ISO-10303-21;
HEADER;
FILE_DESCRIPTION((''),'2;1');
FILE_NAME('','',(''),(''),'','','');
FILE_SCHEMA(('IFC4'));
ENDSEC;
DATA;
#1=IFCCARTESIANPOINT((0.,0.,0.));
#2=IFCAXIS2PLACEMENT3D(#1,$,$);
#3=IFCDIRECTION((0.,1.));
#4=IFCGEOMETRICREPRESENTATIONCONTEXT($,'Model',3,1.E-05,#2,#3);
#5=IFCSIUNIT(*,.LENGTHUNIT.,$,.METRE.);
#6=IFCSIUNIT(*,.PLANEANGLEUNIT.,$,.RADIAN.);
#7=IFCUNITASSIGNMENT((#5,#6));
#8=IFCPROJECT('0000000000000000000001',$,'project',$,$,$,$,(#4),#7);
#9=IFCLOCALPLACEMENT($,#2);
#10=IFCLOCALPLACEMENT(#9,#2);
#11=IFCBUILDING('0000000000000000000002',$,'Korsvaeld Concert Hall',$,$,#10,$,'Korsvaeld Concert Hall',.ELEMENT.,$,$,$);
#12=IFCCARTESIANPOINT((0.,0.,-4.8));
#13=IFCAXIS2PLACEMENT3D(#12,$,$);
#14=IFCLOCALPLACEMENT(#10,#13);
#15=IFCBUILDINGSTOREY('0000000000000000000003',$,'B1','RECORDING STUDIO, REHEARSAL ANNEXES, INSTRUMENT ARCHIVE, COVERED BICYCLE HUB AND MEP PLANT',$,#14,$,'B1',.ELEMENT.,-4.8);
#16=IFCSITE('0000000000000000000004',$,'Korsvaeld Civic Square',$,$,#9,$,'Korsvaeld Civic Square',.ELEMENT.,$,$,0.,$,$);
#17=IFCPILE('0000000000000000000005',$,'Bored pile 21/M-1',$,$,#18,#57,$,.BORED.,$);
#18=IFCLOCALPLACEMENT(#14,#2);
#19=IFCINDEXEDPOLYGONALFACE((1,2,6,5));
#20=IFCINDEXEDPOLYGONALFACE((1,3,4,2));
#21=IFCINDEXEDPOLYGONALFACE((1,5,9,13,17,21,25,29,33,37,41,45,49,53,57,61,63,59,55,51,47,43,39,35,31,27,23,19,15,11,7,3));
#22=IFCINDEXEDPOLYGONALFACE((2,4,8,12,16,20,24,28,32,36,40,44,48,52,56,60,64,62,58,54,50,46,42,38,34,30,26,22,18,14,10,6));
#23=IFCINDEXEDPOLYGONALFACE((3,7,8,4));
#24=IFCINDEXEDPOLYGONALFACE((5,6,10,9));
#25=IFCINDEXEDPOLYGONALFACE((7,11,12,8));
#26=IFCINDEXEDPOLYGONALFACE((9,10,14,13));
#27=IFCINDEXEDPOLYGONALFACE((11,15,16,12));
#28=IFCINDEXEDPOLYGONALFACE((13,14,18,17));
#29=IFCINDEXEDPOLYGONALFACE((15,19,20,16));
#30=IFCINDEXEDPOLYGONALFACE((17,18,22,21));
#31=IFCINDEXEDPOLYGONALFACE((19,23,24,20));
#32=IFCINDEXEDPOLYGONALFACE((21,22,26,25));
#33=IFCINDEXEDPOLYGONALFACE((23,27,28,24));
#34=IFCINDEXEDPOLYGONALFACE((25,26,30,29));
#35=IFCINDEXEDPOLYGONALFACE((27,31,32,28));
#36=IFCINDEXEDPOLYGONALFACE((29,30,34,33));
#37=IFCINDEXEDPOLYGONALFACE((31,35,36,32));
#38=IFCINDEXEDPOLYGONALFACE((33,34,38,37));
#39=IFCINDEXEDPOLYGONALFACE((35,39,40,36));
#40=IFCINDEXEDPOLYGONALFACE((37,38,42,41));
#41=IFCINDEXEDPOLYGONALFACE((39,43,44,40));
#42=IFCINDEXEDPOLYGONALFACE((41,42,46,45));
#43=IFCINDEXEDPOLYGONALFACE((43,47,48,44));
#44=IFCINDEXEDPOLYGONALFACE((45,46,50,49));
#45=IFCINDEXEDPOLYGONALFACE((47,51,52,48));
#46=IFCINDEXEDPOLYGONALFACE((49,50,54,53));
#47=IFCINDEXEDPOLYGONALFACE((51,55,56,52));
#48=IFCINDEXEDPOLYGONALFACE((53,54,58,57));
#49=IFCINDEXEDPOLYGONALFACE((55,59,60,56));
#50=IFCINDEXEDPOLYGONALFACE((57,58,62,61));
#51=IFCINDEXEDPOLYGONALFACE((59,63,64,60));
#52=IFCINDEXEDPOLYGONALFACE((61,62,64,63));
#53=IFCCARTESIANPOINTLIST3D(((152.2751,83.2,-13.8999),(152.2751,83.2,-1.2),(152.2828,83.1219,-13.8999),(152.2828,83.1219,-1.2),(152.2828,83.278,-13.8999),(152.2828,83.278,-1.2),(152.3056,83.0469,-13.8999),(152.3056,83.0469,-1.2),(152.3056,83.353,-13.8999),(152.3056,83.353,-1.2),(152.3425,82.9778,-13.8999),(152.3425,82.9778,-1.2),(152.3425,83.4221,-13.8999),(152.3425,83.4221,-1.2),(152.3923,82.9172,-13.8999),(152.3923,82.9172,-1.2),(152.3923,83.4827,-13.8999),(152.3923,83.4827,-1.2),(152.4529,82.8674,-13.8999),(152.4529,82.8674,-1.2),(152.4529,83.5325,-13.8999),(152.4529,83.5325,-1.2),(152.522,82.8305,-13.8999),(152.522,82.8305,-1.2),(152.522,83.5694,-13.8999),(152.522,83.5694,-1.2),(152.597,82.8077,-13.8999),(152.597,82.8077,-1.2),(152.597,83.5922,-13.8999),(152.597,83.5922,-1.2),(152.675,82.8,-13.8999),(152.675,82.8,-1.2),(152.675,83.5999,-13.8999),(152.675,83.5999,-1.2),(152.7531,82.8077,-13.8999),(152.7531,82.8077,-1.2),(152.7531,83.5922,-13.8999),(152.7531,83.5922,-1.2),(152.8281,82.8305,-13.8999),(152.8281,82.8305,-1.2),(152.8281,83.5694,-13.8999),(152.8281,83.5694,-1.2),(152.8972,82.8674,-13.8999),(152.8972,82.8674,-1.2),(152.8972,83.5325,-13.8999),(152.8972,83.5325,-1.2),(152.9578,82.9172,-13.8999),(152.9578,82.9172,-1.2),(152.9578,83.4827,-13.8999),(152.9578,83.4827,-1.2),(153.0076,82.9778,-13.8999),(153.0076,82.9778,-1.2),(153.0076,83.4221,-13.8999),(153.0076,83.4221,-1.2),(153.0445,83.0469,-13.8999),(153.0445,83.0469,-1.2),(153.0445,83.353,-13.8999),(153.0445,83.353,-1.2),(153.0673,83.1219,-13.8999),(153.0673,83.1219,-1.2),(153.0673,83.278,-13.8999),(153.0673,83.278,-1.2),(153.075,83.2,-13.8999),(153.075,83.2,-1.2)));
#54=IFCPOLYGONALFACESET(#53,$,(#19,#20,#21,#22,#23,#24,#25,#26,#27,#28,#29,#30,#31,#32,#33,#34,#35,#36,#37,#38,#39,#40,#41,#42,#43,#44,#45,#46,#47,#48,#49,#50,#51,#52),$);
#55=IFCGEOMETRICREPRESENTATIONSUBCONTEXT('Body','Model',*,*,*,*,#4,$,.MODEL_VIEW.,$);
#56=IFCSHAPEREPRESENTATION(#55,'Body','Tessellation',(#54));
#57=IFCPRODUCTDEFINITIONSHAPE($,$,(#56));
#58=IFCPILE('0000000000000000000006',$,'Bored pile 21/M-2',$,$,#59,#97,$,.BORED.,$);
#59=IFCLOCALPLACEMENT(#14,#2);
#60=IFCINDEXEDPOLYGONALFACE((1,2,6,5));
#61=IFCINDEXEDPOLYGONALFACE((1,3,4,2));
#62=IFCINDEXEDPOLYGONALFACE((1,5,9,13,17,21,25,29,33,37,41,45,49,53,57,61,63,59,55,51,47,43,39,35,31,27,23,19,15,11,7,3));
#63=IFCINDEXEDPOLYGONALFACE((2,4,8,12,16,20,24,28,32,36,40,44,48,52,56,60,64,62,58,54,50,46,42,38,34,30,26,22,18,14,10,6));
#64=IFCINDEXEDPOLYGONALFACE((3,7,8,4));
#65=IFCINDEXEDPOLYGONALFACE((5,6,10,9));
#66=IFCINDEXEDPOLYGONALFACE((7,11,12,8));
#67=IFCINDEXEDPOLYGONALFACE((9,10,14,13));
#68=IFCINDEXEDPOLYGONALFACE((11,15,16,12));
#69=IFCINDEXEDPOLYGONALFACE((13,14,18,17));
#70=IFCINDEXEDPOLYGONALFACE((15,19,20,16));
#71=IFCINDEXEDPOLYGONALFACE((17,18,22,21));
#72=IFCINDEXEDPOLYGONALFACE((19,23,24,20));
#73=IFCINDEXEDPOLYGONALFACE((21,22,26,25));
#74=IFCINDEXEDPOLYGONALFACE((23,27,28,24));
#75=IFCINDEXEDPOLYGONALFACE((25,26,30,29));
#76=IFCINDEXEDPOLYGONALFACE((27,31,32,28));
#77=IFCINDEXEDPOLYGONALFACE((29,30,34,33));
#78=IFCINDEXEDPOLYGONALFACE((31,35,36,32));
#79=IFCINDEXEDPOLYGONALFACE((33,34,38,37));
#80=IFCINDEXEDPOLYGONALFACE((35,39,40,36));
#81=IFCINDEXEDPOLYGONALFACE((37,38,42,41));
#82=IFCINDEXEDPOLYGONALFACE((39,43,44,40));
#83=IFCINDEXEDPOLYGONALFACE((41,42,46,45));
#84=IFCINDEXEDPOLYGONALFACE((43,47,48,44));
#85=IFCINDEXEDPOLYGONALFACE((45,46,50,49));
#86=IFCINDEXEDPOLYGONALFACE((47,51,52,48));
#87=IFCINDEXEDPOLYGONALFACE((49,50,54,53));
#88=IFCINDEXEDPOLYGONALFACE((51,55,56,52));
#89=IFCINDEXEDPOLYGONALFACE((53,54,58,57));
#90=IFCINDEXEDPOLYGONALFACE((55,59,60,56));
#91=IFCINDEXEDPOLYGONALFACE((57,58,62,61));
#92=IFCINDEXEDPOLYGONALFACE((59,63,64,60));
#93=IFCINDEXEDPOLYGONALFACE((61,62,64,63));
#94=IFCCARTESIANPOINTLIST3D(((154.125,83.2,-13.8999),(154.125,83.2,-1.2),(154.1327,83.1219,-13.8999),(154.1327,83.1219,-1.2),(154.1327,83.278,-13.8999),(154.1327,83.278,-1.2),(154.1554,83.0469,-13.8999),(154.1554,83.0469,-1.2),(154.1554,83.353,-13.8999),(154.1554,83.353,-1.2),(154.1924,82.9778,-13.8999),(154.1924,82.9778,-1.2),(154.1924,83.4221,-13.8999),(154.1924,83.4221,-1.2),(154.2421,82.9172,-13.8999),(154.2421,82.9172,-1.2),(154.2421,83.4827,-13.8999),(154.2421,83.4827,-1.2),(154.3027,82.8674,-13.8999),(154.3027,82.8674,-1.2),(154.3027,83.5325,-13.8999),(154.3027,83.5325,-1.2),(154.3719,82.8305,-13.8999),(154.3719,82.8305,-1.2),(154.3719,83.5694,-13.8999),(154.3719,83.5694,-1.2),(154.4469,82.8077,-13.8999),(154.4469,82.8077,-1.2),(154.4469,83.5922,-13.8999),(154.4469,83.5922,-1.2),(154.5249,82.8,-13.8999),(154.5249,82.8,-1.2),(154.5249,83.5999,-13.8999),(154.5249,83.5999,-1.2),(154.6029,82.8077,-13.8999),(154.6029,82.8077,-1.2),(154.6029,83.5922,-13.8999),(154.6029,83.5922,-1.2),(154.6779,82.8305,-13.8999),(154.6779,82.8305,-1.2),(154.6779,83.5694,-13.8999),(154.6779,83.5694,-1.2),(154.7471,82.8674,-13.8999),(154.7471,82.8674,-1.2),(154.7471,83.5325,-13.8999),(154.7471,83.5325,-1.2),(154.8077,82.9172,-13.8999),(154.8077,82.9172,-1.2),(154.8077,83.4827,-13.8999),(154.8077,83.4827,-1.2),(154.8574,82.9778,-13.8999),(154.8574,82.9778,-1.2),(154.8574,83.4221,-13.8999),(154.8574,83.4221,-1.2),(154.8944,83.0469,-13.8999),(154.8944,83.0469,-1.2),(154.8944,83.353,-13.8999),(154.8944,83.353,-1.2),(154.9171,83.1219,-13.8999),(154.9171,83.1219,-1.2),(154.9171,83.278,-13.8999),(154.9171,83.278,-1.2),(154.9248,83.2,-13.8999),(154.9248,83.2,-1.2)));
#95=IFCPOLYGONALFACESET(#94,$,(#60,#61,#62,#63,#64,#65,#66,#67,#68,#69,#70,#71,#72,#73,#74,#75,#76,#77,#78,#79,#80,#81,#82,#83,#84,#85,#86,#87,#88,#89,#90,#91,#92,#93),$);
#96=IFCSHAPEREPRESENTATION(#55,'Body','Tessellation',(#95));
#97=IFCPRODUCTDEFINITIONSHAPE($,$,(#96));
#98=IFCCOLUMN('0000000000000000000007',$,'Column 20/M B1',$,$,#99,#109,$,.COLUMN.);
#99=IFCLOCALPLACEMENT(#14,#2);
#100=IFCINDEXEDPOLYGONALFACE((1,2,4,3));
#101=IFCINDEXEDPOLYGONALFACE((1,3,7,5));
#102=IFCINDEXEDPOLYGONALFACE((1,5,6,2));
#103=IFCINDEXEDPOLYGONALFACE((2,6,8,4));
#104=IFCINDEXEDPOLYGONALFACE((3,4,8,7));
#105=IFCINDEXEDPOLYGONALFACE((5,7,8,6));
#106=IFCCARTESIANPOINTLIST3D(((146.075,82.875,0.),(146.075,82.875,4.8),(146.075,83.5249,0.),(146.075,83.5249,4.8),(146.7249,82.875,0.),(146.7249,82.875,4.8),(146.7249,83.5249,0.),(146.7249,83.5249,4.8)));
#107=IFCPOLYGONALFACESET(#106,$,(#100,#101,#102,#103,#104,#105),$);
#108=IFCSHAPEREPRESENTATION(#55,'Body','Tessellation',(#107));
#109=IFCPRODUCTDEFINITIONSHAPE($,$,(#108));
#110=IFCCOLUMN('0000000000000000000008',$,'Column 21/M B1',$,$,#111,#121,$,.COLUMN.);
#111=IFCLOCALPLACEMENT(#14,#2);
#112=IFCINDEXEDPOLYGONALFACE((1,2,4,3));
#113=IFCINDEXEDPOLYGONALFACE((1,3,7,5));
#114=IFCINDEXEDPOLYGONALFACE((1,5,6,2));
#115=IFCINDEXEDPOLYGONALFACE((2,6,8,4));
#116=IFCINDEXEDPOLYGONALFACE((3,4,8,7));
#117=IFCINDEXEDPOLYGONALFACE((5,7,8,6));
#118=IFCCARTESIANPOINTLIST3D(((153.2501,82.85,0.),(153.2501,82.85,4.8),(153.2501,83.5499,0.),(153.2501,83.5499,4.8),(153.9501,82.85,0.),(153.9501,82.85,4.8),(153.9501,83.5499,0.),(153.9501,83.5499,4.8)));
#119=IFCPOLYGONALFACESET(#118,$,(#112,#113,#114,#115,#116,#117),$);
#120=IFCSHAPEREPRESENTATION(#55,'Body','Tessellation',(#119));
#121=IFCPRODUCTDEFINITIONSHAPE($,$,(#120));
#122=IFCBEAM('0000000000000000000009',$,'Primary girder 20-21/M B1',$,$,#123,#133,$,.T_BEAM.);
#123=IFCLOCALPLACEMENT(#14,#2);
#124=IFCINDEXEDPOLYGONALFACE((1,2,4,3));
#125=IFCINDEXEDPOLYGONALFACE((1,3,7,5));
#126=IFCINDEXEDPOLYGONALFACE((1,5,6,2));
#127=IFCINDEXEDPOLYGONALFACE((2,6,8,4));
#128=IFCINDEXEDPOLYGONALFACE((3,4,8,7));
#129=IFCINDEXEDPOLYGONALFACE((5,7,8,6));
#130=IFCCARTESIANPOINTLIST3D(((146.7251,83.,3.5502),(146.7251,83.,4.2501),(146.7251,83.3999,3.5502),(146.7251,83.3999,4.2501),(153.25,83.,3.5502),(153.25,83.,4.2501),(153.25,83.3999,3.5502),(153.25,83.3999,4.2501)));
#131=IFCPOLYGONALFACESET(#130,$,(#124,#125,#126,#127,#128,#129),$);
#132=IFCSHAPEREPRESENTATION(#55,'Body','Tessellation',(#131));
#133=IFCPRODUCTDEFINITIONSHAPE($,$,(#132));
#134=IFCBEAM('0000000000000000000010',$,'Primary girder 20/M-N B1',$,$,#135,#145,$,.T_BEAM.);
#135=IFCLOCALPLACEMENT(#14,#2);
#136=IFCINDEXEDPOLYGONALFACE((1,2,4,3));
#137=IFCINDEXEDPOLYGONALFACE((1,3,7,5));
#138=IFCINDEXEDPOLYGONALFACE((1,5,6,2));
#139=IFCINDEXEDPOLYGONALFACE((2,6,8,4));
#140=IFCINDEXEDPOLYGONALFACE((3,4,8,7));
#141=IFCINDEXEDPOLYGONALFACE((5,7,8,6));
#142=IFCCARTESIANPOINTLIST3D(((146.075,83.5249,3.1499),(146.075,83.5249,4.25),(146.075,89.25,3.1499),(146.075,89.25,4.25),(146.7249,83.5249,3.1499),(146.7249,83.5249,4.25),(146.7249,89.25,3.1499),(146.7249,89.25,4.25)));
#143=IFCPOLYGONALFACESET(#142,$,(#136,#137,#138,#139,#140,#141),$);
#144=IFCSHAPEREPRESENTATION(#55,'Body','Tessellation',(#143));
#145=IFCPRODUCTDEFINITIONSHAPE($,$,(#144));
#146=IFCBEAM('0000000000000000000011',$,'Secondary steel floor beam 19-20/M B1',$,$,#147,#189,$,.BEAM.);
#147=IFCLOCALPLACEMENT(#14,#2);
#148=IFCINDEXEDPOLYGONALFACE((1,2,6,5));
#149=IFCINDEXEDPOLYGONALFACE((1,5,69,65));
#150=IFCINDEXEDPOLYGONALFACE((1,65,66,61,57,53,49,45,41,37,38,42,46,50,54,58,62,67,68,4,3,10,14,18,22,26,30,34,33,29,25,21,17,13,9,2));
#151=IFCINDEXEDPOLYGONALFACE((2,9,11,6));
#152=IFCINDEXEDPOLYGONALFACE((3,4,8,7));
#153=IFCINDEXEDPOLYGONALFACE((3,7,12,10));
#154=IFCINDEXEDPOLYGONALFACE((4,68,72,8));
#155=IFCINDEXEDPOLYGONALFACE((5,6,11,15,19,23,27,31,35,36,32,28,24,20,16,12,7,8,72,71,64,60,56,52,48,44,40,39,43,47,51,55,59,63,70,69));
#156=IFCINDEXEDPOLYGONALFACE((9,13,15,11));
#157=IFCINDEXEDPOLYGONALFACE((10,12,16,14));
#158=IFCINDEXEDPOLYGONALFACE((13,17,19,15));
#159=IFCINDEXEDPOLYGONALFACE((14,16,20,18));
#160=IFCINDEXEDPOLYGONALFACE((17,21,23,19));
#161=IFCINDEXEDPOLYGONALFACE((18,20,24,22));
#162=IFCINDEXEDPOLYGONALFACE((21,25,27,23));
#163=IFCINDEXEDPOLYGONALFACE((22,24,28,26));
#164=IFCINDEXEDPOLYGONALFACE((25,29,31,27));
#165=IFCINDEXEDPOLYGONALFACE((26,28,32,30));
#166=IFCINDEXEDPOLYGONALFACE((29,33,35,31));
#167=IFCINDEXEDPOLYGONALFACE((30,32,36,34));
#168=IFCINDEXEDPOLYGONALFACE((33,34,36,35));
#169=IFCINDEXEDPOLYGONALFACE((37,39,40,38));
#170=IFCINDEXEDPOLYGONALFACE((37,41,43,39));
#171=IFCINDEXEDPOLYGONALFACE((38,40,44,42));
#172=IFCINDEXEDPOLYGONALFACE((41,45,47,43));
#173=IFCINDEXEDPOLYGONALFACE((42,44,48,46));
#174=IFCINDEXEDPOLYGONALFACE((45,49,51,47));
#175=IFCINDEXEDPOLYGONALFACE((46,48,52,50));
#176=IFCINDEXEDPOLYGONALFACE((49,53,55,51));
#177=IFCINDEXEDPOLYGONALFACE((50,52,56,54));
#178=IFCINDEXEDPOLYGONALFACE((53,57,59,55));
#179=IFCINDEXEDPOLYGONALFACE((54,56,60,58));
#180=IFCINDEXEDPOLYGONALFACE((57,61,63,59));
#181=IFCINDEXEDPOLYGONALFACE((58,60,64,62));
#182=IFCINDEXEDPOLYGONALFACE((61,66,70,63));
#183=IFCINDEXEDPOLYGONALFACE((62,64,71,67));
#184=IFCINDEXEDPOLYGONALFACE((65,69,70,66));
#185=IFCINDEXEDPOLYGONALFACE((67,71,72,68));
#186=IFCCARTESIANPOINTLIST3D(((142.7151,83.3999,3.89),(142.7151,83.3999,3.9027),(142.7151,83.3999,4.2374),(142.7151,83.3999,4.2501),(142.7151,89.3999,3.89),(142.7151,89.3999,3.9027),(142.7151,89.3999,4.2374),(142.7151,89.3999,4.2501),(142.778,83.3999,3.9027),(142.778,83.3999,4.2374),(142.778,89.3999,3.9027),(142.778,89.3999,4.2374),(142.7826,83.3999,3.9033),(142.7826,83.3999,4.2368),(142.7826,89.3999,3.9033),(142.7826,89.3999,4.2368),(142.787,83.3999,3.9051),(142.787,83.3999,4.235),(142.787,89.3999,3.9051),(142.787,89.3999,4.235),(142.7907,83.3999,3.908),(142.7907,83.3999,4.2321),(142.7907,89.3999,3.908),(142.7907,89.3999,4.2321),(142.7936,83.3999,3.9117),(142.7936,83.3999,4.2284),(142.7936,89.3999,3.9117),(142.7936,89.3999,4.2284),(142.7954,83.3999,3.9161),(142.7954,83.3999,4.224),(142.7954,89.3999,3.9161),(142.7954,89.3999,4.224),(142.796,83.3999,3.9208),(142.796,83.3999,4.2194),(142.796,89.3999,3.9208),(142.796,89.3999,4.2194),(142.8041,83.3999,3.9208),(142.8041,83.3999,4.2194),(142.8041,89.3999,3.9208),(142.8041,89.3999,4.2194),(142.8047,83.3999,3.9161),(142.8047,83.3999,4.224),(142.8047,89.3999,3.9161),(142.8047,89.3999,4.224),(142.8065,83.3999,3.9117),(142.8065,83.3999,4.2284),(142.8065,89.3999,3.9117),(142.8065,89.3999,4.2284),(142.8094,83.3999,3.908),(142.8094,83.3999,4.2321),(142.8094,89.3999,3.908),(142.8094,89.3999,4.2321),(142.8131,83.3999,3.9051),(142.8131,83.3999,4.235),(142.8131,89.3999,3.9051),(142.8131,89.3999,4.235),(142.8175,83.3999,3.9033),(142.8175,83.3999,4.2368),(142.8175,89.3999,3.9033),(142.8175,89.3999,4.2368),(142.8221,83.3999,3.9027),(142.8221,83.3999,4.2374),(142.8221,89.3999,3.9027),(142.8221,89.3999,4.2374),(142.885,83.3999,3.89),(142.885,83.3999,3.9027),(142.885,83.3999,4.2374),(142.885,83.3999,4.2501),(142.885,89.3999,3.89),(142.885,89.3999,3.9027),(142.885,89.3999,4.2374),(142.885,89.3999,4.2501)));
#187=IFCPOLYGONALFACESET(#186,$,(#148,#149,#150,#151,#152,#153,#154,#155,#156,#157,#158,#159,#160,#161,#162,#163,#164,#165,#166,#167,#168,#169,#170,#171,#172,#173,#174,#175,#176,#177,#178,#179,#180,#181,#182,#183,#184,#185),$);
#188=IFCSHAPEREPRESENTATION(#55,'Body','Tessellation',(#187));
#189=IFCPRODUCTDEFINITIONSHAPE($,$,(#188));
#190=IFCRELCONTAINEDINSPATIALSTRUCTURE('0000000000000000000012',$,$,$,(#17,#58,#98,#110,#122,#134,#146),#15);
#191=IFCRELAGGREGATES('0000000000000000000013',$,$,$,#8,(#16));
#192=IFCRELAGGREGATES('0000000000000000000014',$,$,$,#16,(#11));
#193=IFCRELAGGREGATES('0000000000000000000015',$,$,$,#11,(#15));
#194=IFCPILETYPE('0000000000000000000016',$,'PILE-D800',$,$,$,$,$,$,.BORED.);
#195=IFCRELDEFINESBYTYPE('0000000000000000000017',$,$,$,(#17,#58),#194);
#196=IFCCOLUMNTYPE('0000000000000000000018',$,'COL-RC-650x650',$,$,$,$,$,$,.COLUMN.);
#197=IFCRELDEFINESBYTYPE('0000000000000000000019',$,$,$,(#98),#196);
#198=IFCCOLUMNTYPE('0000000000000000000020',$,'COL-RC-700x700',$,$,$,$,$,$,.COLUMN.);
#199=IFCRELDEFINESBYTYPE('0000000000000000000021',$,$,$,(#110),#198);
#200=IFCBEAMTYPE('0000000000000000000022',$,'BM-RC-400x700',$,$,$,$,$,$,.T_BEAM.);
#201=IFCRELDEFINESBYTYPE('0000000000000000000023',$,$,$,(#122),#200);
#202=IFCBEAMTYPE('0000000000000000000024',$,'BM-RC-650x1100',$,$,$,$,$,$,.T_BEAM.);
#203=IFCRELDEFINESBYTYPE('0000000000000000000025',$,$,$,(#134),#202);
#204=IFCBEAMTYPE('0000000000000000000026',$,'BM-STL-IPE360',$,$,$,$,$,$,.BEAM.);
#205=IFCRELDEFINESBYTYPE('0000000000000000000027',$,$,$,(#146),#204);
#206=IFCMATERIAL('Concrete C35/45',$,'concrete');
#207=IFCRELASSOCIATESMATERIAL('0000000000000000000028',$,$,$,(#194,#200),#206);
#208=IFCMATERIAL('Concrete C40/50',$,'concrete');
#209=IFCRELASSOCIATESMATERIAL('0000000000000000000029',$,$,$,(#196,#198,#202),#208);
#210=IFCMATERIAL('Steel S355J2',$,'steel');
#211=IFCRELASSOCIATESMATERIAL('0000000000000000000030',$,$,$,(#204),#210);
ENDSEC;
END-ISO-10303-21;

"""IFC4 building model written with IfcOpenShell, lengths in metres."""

from ifc_helpers import new_model, si_unit, direction, frame, origin, origin_2d, place, context, subcontext, project, spatial, rectangle, circle, i_section, extrude, material, material_profile, profile_set, type_object, element, save


model = new_model("IFC4")

# Units and contexts
model_context = context("Model", 3, precision=1e-05, world=origin(), true_north=direction((0.0, 1.0)))
body_context = subcontext(model_context, "Body", "Model", "MODEL_VIEW")
ifc_project = project(units=[si_unit("LENGTHUNIT", "METRE"), si_unit("PLANEANGLEUNIT", "RADIAN")], contexts=[model_context])

# Site, building, storey
site_placement = place(None, origin())
site = spatial("IfcSite", under=ifc_project, at=site_placement, Name="Korsvaeld Civic Square", LongName="Korsvaeld Civic Square", CompositionType="ELEMENT", RefElevation=0.0)
building_placement = place(site_placement, origin())
building = spatial("IfcBuilding", under=site, at=building_placement, Name="Korsvaeld Concert Hall", LongName="Korsvaeld Concert Hall", CompositionType="ELEMENT")
storey_placement = place(building_placement, frame((0.0, 0.0, -4.8)))
storey = spatial("IfcBuildingStorey", under=building, at=storey_placement, Name="B1", Description="RECORDING STUDIO, REHEARSAL ANNEXES, INSTRUMENT ARCHIVE, COVERED BICYCLE HUB AND MEP PLANT", LongName="B1", CompositionType="ELEMENT", Elevation=-4.8)

# Shared definitions
ifc_material_1 = material(Name="Concrete C35/45", Category="concrete")

# Piles
ifc_material_profile_1 = material_profile(ifc_material_1, circle(Radius=0.3999, at=origin_2d()), Name="BORED PILE D800")
ifc_profile_set_1 = profile_set([ifc_material_profile_1], Name="Concrete C35/45")
pile_type_1 = type_object("IfcPileType", Name="PILE-D800", PredefinedType="BORED", material=ifc_profile_set_1)
for number, where, z_axis, x_axis, name in (
    (1, (152.675, 83.2, -1.2), (0.0, 0.0, -1.0), (1.0, 0.0, 0.0), "Bored pile 21/M-1"),
    (2, (154.5249, 83.2, -1.2), (0.0, 0.0, -1.0), (1.0, 0.0, 0.0), "Bored pile 21/M-2"),
):
    element("IfcPile", number, at=place(storey_placement, frame(where, z_axis=z_axis, x_axis=x_axis)), inside=storey, type_object=pile_type_1, Name=name, PredefinedType="BORED", context=body_context, shape_type="SweptSolid", body=[
        extrude(circle(Radius=0.3999, at=origin_2d()), origin(), (0.0, 0.0, 1.0), 12.7),
    ])

# Columns
ifc_material_2 = material(Name="Concrete C40/50", Category="concrete")
ifc_material_profile_2 = material_profile(ifc_material_2, rectangle(XDim=0.6499, YDim=0.6499, at=origin_2d()), Name="RC 650x650")
ifc_profile_set_2 = profile_set([ifc_material_profile_2], Name="Concrete C40/50")
column_type_1 = type_object("IfcColumnType", Name="COL-RC-650x650", PredefinedType="COLUMN", material=ifc_profile_set_2)
column_1_placement = place(storey_placement, frame((146.3999, 83.2, 0.0), z_axis=(0.0, 0.0, 1.0), x_axis=(1.0, 0.0, 0.0)))
element("IfcColumn", 3, at=column_1_placement, inside=storey, type_object=column_type_1, Name="Column 20/M B1", PredefinedType="COLUMN", context=body_context, shape_type="SweptSolid", body=[
    extrude(rectangle(XDim=0.6499, YDim=0.6499, at=origin_2d()), origin(), (0.0, 0.0, 1.0), 4.8),
])
ifc_material_profile_3 = material_profile(ifc_material_2, rectangle(XDim=0.7, YDim=0.7, at=origin_2d()), Name="RC 700x700")
ifc_profile_set_3 = profile_set([ifc_material_profile_3], Name="Concrete C40/50")
column_type_2 = type_object("IfcColumnType", Name="COL-RC-700x700", PredefinedType="COLUMN", material=ifc_profile_set_3)
column_2_placement = place(storey_placement, frame((153.6001, 83.2, 0.0), z_axis=(0.0, 0.0, 1.0), x_axis=(1.0, 0.0, 0.0)))
element("IfcColumn", 4, at=column_2_placement, inside=storey, type_object=column_type_2, Name="Column 21/M B1", PredefinedType="COLUMN", context=body_context, shape_type="SweptSolid", body=[
    extrude(rectangle(XDim=0.7, YDim=0.7, at=origin_2d()), origin(), (0.0, 0.0, 1.0), 4.8),
])

# Beams
ifc_material_profile_4 = material_profile(ifc_material_1, rectangle(XDim=0.3999, YDim=0.7, at=origin_2d()), Name="RC 400x700")
ifc_profile_set_4 = profile_set([ifc_material_profile_4], Name="Concrete C35/45")
beam_type_1 = type_object("IfcBeamType", Name="BM-RC-400x700", PredefinedType="T_BEAM", material=ifc_profile_set_4)
beam_1_placement = place(storey_placement, frame((146.7251, 83.2, 3.9001), z_axis=(1.0, 0.0, 0.0), x_axis=(0.0, 1.0, 0.0)))
element("IfcBeam", 5, at=beam_1_placement, inside=storey, type_object=beam_type_1, Name="Primary girder 20-21/M B1", PredefinedType="T_BEAM", context=body_context, shape_type="SweptSolid", body=[
    extrude(rectangle(XDim=0.3999, YDim=0.7, at=origin_2d()), origin(), (0.0, 0.0, 1.0), 6.5249),
])
ifc_material_profile_5 = material_profile(ifc_material_2, rectangle(XDim=0.6499, YDim=1.1001, at=origin_2d()), Name="RC 650x1100")
ifc_profile_set_5 = profile_set([ifc_material_profile_5], Name="Concrete C40/50")
beam_type_2 = type_object("IfcBeamType", Name="BM-RC-650x1100", PredefinedType="T_BEAM", material=ifc_profile_set_5)
beam_2_placement = place(storey_placement, frame((146.3999, 83.5249, 3.7), z_axis=(0.0, 1.0, 0.0), x_axis=(-1.0, 0.0, 0.0)))
element("IfcBeam", 6, at=beam_2_placement, inside=storey, type_object=beam_type_2, Name="Primary girder 20/M-N B1", PredefinedType="T_BEAM", context=body_context, shape_type="SweptSolid", body=[
    extrude(rectangle(XDim=0.6499, YDim=1.1001, at=origin_2d()), origin(), (0.0, 0.0, 1.0), 5.7251),
])
ifc_material_3 = material(Name="Steel S355J2", Category="steel")
ifc_material_profile_6 = material_profile(ifc_material_3, i_section(OverallWidth=0.1699, OverallDepth=0.3601, WebThickness=0.0081, FlangeThickness=0.0127, FilletRadius=0.0181, at=origin_2d()), Name="IPE 360")
ifc_profile_set_6 = profile_set([ifc_material_profile_6], Name="Steel S355J2")
beam_type_3 = type_object("IfcBeamType", Name="BM-STL-IPE360", PredefinedType="BEAM", material=ifc_profile_set_6)
beam_3_placement = place(storey_placement, frame((142.8, 83.3999, 4.0701), z_axis=(0.0, 1.0, 0.0), x_axis=(-1.0, 0.0, 0.0)))
element("IfcBeam", 7, at=beam_3_placement, inside=storey, type_object=beam_type_3, Name="Secondary steel floor beam 19-20/M B1", PredefinedType="BEAM", context=body_context, shape_type="SweptSolid", body=[
    extrude(i_section(OverallWidth=0.1699, OverallDepth=0.3601, WebThickness=0.0081, FlangeThickness=0.0127, FilletRadius=0.0181, at=origin_2d()), origin(), (0.0, 0.0, 1.0), 6.0),
])

save(model, "model.ifc")
